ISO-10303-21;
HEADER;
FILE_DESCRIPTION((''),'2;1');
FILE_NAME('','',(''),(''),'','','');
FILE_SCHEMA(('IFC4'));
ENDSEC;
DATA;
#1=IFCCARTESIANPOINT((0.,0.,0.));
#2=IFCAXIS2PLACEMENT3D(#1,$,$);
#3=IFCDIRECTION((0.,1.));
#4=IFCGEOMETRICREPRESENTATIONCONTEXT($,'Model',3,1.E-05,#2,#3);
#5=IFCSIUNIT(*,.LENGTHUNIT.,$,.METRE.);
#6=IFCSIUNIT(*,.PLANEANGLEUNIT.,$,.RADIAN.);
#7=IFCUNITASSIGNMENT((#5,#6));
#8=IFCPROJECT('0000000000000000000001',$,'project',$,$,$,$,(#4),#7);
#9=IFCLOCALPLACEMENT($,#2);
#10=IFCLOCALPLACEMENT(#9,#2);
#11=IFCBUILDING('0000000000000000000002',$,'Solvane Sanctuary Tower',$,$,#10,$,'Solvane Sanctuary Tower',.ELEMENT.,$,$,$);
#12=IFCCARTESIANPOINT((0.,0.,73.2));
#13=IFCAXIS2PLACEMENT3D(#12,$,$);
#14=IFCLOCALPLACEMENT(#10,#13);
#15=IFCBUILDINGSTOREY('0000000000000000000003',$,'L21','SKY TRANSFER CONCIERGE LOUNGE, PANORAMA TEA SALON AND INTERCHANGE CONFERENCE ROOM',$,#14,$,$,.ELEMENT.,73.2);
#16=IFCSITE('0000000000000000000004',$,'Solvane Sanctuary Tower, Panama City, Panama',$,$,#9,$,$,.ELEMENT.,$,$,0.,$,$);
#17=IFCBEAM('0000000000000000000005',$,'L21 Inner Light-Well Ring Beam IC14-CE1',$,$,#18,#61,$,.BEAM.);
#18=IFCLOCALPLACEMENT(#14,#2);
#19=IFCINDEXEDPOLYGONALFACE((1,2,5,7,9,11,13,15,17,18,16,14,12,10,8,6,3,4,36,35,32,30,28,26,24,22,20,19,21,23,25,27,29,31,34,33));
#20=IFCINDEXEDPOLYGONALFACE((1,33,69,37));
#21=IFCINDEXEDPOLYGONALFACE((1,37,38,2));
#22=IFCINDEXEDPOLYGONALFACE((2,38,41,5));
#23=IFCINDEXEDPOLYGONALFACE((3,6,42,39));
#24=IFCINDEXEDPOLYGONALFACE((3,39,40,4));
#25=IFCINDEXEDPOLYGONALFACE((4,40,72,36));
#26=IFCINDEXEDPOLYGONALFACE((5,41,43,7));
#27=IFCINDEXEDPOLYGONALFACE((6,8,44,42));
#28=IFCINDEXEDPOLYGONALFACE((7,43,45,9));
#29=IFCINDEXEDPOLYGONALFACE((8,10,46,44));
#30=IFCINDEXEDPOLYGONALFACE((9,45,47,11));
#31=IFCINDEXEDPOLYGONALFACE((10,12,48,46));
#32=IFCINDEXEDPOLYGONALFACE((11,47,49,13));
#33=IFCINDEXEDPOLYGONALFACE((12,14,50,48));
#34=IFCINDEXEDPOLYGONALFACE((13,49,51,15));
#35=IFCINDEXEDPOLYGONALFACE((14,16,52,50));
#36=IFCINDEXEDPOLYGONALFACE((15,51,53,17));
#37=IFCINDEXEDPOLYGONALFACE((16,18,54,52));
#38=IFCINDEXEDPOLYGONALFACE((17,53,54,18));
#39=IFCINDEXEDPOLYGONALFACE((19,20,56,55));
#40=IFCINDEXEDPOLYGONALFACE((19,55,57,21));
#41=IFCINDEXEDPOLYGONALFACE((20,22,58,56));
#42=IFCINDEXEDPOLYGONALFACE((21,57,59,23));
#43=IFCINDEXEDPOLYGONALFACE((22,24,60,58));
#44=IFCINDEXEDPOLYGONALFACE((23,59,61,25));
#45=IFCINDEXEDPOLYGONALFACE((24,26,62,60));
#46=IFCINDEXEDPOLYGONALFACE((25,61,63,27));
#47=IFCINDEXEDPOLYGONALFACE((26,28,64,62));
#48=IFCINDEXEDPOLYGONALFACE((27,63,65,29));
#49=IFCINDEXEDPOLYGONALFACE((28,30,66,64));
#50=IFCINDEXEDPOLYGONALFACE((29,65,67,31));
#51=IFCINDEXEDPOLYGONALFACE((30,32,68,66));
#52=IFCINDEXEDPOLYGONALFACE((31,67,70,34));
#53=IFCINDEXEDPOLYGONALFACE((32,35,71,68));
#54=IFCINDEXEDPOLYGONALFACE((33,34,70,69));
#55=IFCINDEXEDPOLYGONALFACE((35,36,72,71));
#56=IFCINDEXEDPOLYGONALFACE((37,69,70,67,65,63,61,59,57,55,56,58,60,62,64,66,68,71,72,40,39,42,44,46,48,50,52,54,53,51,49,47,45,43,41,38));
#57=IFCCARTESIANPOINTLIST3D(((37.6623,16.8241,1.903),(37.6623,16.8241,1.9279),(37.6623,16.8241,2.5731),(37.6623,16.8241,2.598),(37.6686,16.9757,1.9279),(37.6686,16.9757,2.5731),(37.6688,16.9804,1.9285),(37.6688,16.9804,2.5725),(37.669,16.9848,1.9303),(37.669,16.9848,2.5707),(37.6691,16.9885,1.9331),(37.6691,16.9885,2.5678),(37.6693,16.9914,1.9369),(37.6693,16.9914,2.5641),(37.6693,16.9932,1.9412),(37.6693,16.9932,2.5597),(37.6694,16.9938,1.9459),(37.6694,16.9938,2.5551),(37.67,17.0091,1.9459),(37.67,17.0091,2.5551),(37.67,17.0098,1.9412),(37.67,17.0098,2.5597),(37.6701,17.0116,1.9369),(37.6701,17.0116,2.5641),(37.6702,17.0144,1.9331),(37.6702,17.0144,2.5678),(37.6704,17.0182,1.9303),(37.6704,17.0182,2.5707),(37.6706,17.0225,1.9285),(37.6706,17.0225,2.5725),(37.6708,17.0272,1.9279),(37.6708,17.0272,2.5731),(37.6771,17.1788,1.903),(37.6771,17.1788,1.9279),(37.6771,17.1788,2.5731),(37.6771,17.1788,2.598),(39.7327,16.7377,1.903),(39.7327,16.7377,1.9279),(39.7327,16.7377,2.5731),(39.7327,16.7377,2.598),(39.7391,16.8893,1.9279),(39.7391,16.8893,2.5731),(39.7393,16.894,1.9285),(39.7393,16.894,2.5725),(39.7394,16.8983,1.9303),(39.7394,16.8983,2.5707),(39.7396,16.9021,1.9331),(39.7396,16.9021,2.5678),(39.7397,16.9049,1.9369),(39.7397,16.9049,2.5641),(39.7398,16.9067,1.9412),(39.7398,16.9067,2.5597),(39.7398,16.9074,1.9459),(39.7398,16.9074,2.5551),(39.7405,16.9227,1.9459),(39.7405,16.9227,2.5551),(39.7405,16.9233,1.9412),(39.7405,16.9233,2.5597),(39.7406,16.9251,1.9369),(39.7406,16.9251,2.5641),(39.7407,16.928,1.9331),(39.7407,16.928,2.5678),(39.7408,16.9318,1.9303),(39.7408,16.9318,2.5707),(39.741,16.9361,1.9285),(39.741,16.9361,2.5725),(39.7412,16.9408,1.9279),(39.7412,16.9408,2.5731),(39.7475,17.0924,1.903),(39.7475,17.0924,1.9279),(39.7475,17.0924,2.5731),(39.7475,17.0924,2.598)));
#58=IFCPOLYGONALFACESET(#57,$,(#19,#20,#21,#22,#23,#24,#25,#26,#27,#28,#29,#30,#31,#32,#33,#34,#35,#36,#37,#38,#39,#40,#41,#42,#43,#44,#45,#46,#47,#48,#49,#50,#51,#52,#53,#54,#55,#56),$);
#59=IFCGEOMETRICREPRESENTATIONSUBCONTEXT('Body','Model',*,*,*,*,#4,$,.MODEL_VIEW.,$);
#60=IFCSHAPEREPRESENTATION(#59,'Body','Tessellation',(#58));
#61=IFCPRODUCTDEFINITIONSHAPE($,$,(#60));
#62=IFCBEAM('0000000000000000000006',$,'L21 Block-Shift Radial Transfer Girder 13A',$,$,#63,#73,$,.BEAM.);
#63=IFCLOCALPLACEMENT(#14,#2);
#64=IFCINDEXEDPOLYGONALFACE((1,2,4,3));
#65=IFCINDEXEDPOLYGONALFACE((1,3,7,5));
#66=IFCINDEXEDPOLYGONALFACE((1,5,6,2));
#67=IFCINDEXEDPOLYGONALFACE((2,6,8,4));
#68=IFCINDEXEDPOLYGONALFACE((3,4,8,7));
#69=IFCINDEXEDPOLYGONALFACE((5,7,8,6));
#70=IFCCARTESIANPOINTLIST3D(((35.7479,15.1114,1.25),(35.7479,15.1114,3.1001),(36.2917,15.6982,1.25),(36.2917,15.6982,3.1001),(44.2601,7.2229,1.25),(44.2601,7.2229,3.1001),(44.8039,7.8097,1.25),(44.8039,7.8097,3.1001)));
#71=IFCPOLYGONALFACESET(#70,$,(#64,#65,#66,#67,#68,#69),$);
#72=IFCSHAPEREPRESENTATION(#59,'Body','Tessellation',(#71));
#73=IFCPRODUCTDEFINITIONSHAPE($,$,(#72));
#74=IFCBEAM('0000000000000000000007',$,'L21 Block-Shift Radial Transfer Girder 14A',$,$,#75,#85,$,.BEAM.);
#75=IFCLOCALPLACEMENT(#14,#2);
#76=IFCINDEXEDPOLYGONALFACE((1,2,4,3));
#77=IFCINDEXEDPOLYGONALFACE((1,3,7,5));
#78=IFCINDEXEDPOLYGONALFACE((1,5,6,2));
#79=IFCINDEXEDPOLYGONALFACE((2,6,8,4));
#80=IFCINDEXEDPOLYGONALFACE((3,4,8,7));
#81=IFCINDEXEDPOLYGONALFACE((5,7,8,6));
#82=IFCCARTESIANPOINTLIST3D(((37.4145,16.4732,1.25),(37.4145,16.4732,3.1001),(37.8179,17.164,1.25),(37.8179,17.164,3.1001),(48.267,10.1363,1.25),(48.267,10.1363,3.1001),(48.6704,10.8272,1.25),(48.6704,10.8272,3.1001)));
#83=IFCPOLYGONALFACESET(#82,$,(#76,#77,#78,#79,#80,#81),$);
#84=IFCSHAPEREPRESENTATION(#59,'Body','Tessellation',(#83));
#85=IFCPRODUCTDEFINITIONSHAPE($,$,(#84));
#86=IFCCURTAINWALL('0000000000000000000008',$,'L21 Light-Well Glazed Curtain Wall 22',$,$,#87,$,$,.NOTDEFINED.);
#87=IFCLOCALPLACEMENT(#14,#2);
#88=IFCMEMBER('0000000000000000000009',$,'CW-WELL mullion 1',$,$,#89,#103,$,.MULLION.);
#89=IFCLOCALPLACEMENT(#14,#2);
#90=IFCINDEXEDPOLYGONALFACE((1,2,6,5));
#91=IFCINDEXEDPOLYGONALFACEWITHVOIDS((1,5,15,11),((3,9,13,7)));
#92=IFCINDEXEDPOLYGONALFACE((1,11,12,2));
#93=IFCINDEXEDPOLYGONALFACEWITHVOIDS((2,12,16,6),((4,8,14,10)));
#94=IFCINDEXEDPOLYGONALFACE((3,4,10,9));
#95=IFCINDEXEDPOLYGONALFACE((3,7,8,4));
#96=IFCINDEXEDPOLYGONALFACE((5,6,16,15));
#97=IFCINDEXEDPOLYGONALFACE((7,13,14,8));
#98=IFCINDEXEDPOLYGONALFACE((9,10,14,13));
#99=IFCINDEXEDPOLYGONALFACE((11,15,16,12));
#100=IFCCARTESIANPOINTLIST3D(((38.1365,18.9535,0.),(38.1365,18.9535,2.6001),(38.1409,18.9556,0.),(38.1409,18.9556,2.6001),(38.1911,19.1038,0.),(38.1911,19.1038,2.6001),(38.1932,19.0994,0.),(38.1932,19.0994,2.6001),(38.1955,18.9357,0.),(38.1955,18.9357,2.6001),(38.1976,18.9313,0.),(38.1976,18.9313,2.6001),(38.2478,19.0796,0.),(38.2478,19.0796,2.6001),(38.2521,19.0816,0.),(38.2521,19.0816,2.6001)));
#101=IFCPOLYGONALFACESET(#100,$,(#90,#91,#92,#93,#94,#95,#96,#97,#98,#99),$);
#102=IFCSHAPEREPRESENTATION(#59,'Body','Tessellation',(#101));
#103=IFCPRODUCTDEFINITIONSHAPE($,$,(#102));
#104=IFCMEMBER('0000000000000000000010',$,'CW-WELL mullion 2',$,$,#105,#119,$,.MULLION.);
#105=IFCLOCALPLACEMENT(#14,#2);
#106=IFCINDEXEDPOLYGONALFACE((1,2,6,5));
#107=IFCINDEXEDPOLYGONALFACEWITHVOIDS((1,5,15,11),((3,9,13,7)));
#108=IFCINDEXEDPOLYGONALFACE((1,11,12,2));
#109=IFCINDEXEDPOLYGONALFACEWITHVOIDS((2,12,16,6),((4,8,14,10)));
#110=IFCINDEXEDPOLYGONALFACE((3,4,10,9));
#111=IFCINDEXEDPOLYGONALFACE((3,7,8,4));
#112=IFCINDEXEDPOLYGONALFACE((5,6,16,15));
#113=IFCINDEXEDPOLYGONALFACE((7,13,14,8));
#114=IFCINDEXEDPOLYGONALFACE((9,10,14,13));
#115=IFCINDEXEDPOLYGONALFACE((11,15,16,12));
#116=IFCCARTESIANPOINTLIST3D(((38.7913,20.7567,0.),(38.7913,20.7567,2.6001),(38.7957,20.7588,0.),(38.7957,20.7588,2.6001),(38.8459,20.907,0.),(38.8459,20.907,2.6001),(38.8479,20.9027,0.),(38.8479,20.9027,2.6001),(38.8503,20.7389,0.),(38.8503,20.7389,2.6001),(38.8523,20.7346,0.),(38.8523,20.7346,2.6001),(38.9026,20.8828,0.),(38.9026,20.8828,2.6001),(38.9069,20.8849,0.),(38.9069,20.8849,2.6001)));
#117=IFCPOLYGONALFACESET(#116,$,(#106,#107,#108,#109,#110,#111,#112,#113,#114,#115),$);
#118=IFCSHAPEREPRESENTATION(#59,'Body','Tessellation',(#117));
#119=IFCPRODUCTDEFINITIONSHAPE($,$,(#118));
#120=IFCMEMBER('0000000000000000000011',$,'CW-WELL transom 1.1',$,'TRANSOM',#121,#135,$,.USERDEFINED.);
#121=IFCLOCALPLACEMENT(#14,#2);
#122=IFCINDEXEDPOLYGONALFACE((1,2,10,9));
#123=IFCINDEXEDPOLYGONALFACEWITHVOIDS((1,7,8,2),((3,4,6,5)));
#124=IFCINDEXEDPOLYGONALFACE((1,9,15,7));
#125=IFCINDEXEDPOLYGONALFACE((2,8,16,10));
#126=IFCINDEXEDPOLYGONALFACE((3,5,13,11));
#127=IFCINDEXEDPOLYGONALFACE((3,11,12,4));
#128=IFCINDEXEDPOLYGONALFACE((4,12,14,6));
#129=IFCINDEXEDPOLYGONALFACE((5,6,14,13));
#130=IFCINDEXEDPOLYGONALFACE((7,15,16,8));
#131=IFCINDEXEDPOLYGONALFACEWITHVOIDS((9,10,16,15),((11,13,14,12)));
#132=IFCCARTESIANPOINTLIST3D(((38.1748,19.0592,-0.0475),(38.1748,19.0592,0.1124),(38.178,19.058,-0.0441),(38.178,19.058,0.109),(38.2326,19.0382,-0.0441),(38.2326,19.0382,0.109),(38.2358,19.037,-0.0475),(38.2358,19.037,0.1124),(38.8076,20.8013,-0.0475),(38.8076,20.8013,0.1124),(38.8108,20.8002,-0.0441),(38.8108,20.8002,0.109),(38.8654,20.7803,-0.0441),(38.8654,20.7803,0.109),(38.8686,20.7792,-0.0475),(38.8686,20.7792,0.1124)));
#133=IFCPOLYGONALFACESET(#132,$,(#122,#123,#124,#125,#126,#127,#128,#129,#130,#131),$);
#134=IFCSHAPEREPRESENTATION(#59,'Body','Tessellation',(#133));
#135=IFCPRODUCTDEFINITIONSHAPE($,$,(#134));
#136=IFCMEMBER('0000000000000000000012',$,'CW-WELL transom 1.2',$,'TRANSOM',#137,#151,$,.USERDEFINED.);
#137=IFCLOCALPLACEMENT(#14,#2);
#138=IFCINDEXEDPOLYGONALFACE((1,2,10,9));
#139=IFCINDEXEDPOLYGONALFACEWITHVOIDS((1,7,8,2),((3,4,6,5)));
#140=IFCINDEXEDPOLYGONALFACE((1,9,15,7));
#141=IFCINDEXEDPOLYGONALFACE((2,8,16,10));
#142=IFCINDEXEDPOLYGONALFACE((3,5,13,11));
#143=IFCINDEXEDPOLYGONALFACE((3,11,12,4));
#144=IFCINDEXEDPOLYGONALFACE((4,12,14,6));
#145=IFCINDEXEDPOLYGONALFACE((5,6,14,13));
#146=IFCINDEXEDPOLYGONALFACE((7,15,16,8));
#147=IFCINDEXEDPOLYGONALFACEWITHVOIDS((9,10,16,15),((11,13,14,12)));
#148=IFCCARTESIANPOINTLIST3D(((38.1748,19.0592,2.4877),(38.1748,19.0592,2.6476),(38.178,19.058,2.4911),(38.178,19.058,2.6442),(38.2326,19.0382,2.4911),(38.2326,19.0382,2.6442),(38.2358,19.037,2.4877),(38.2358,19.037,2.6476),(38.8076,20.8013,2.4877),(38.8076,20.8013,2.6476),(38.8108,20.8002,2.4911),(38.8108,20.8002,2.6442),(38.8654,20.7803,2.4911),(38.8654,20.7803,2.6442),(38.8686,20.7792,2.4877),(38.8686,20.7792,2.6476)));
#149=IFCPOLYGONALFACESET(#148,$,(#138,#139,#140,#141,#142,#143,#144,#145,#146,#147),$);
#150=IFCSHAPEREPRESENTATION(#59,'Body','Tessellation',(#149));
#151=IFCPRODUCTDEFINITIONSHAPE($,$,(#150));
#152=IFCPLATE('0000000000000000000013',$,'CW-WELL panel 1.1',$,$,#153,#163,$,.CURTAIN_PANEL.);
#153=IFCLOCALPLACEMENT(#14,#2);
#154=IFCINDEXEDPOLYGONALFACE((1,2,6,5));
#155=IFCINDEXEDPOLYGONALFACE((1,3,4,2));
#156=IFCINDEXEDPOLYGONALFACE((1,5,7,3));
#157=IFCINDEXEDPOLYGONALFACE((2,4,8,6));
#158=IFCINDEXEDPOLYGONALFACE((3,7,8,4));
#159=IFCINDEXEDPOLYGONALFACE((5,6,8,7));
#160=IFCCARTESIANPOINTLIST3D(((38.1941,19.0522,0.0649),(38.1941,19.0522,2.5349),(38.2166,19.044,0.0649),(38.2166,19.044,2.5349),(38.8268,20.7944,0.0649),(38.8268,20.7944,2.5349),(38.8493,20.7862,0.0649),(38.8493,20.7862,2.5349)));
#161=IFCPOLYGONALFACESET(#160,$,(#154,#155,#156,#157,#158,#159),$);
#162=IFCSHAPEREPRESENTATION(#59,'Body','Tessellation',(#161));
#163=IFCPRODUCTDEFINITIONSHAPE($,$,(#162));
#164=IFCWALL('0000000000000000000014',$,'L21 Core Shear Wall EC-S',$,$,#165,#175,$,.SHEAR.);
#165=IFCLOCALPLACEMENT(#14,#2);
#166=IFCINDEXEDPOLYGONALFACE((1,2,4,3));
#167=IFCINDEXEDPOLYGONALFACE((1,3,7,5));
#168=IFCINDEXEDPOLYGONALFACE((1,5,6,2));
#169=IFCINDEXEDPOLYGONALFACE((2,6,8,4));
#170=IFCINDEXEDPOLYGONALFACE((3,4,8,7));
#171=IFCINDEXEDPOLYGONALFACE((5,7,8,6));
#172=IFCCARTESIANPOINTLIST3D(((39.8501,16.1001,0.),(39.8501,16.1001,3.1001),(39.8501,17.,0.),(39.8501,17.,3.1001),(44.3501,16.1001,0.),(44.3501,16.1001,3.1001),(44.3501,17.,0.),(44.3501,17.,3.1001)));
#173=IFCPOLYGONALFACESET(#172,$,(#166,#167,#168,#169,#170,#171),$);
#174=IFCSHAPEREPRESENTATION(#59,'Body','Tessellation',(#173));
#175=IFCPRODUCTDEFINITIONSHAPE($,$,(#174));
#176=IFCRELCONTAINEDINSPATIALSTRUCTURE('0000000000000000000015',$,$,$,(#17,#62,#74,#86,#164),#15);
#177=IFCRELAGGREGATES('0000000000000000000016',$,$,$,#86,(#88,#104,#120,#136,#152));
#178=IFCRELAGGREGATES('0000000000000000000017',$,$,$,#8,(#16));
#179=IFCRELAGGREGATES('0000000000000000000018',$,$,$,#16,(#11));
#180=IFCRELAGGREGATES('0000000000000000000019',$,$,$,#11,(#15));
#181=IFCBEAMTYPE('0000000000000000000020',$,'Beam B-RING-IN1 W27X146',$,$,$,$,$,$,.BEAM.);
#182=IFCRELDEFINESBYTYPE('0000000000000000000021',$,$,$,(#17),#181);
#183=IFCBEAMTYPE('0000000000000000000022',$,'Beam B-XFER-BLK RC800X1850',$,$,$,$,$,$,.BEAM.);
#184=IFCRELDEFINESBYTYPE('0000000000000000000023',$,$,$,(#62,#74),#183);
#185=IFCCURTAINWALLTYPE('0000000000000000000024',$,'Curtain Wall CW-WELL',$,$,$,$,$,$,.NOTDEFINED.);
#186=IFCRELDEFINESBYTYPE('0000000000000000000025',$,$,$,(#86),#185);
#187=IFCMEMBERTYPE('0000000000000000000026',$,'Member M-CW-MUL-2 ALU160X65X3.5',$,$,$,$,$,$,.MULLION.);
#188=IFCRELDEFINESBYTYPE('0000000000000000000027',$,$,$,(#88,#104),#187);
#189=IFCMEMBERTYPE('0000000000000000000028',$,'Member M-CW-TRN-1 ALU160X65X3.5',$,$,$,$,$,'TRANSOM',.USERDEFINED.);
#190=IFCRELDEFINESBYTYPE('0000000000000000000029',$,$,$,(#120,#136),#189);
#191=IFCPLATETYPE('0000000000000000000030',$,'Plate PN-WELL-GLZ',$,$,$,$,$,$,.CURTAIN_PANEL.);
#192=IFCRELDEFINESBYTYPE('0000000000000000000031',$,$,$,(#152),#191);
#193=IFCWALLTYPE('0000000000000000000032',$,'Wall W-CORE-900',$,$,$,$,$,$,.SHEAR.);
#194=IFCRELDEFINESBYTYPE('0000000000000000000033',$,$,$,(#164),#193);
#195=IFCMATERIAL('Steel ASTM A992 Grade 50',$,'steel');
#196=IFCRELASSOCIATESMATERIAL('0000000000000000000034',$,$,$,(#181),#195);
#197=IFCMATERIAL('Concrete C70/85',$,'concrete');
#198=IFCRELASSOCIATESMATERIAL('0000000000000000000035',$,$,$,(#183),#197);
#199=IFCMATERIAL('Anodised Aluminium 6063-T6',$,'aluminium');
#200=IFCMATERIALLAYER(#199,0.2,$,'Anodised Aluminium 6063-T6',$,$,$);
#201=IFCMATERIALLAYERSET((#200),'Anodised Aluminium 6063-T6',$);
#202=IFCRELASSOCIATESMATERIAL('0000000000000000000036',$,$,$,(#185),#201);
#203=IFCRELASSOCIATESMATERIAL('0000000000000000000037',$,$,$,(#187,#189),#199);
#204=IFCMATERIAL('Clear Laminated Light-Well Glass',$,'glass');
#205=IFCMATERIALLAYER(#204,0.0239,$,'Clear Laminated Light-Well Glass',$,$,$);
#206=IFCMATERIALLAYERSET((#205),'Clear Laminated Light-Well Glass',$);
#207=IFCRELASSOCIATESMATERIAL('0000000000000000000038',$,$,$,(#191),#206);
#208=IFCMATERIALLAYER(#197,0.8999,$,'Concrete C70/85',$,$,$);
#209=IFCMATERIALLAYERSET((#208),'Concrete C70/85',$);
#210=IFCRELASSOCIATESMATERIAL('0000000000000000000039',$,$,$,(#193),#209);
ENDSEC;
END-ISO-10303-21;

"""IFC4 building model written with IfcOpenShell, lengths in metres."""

from ifc_helpers import new_model, si_unit, direction, frame, frame_2d, origin, origin_2d, place, context, subcontext, project, spatial, rectangle, hollow_rectangle, i_section, extrude, material, layer, layer_set, material_profile, profile_set, type_object, element, aggregate, save


model = new_model("IFC4")

# Units and contexts
model_context = context("Model", 3, precision=1e-05, world=origin(), true_north=direction((0.0, 1.0)))
body_context = subcontext(model_context, "Body", "Model", "MODEL_VIEW")
ifc_project = project(units=[si_unit("LENGTHUNIT", "METRE"), si_unit("PLANEANGLEUNIT", "RADIAN")], contexts=[model_context])

# Site, building, storey
site_placement = place(None, origin())
site = spatial("IfcSite", under=ifc_project, at=site_placement, Name="Solvane Sanctuary Tower, Panama City, Panama", CompositionType="ELEMENT", RefElevation=0.0)
building_placement = place(site_placement, origin())
building = spatial("IfcBuilding", under=site, at=building_placement, Name="Solvane Sanctuary Tower", LongName="Solvane Sanctuary Tower", CompositionType="ELEMENT")
storey_placement = place(building_placement, frame((0.0, 0.0, 73.2)))
storey = spatial("IfcBuildingStorey", under=building, at=storey_placement, Name="L21", Description="SKY TRANSFER CONCIERGE LOUNGE, PANORAMA TEA SALON AND INTERCHANGE CONFERENCE ROOM", CompositionType="ELEMENT", Elevation=73.2)

# Beams
ifc_material_1 = material(Name="Steel ASTM A992 Grade 50", Category="steel")
ifc_material_profile_1 = material_profile(ifc_material_1, i_section(OverallWidth=0.355, OverallDepth=0.6951, WebThickness=0.0154, FlangeThickness=0.0249, FilletRadius=0.0181, at=origin_2d()), Name="W27X146")
ifc_profile_set_1 = profile_set([ifc_material_profile_1], Name="Steel ASTM A992 Grade 50")
beam_type_1 = type_object("IfcBeamType", Name="Beam B-RING-IN1 W27X146", PredefinedType="BEAM", material=ifc_profile_set_1)
beam_1_placement = place(storey_placement, frame((37.6697, 17.0015, 2.2505), z_axis=(0.99913, -0.041704, 0.0), x_axis=(0.041704, 0.99913, 0.0)))
element("IfcBeam", 1, at=beam_1_placement, inside=storey, type_object=beam_type_1, Name="L21 Inner Light-Well Ring Beam IC14-CE1", PredefinedType="BEAM", context=body_context, shape_type="SweptSolid", body=[
    extrude(i_section(OverallWidth=0.355, OverallDepth=0.6951, WebThickness=0.0154, FlangeThickness=0.0249, FilletRadius=0.0181, at=origin_2d()), origin(), (0.0, 0.0, 1.0), 2.0723),
])
ifc_material_2 = material(Name="Concrete C70/85", Category="concrete")
ifc_material_profile_2 = material_profile(ifc_material_2, rectangle(XDim=0.8, YDim=1.8501, at=origin_2d()), Name="RC800X1850")
ifc_profile_set_2 = profile_set([ifc_material_profile_2], Name="Concrete C70/85")
beam_type_2 = type_object("IfcBeamType", Name="Beam B-XFER-BLK RC800X1850", PredefinedType="BEAM", material=ifc_profile_set_2)
beam_2_placement = place(storey_placement, frame((36.0198, 15.4048, 2.175), z_axis=(0.73347, -0.679721, 0.0), x_axis=(0.679721, 0.73347, 0.0)))
element("IfcBeam", 2, at=beam_2_placement, inside=storey, type_object=beam_type_2, Name="L21 Block-Shift Radial Transfer Girder 13A", PredefinedType="BEAM", context=body_context, shape_type="SweptSolid", body=[
    extrude(rectangle(XDim=0.8, YDim=1.8501, at=origin_2d()), origin(), (0.0, 0.0, 1.0), 11.6055),
])
beam_3_placement = place(storey_placement, frame((37.6162, 16.8186, 2.175), z_axis=(0.863562, -0.504243, 0.0), x_axis=(0.504243, 0.863562, 0.0)))
element("IfcBeam", 3, at=beam_3_placement, inside=storey, type_object=beam_type_2, Name="L21 Block-Shift Radial Transfer Girder 14A", PredefinedType="BEAM", context=body_context, shape_type="SweptSolid", body=[
    extrude(rectangle(XDim=0.8, YDim=1.8501, at=origin_2d()), origin(), (0.0, 0.0, 1.0), 12.5671),
])

# Curtain wall, members, plate
ifc_material_3 = material(Name="Anodised Aluminium 6063-T6", Category="aluminium")
ifc_layer_1 = layer(ifc_material_3, 0.2, Name="Anodised Aluminium 6063-T6")
ifc_layer_set_1 = layer_set([ifc_layer_1], Name="Anodised Aluminium 6063-T6")
curtain_wall_type = type_object("IfcCurtainWallType", Name="Curtain Wall CW-WELL", PredefinedType="NOTDEFINED", material=ifc_layer_set_1)
curtain_wall_placement = place(storey_placement, origin())
curtain_wall = element("IfcCurtainWall", 4, at=curtain_wall_placement, inside=storey, type_object=curtain_wall_type, Name="L21 Light-Well Glazed Curtain Wall 22", PredefinedType="NOTDEFINED")
ifc_material_profile_3 = material_profile(ifc_material_3, hollow_rectangle(XDim=0.0649, YDim=0.1599, WallThickness=0.0034, at=origin_2d()), Name="ALU160X65X3.5")
ifc_profile_set_3 = profile_set([ifc_material_profile_3], Name="Anodised Aluminium 6063-T6")
member_type_1 = type_object("IfcMemberType", Name="Member M-CW-MUL-2 ALU160X65X3.5", PredefinedType="MULLION", material=ifc_profile_set_3)
member_1_placement = place(storey_placement, frame((38.1943, 19.0176, 0.0), z_axis=(0.0, 0.0, 1.0), x_axis=(-0.939933, 0.341358, 0.0)))
member_1 = element("IfcMember", 5, at=member_1_placement, type_object=member_type_1, Name="CW-WELL mullion 1", PredefinedType="MULLION", context=body_context, shape_type="SweptSolid", body=[
    extrude(hollow_rectangle(XDim=0.0649, YDim=0.1599, WallThickness=0.0034, at=origin_2d()), origin(), (0.0, 0.0, 1.0), 2.6001),
])
member_2_placement = place(storey_placement, frame((38.8491, 20.8208, 0.0), z_axis=(0.0, 0.0, 1.0), x_axis=(-0.939933, 0.341358, 0.0)))
member_2 = element("IfcMember", 6, at=member_2_placement, type_object=member_type_1, Name="CW-WELL mullion 2", PredefinedType="MULLION", context=body_context, shape_type="SweptSolid", body=[
    extrude(hollow_rectangle(XDim=0.0649, YDim=0.1599, WallThickness=0.0034, at=origin_2d()), origin(), (0.0, 0.0, 1.0), 2.6001),
])
ifc_material_profile_4 = material_profile(ifc_material_3, hollow_rectangle(XDim=0.0649, YDim=0.1599, WallThickness=0.0034, at=origin_2d()), Name="ALU160X65X3.5")
ifc_profile_set_4 = profile_set([ifc_material_profile_4], Name="Anodised Aluminium 6063-T6")
member_type_2 = type_object("IfcMemberType", Name="Member M-CW-TRN-1 ALU160X65X3.5", ElementType="TRANSOM", PredefinedType="USERDEFINED", material=ifc_profile_set_4)
member_3_placement = place(storey_placement, frame((38.2053, 19.0481, 0.0325), z_axis=(0.341405, 0.939916, 0.0), x_axis=(-0.939916, 0.341405, 0.0)))
member_3 = element("IfcMember", 7, at=member_3_placement, type_object=member_type_2, Name="CW-WELL transom 1.1", ObjectType="TRANSOM", PredefinedType="USERDEFINED", context=body_context, shape_type="SweptSolid", body=[
    extrude(hollow_rectangle(XDim=0.0649, YDim=0.1599, WallThickness=0.0034, at=origin_2d()), origin(), (0.0, 0.0, 1.0), 1.8535),
])
member_4_placement = place(storey_placement, frame((38.2053, 19.0481, 2.5676), z_axis=(0.341405, 0.939916, 0.0), x_axis=(-0.939916, 0.341405, 0.0)))
member_4 = element("IfcMember", 8, at=member_4_placement, type_object=member_type_2, Name="CW-WELL transom 1.2", ObjectType="TRANSOM", PredefinedType="USERDEFINED", context=body_context, shape_type="SweptSolid", body=[
    extrude(hollow_rectangle(XDim=0.0649, YDim=0.1599, WallThickness=0.0034, at=origin_2d()), origin(), (0.0, 0.0, 1.0), 1.8535),
])
ifc_material_4 = material(Name="Clear Laminated Light-Well Glass", Category="glass")
ifc_layer_2 = layer(ifc_material_4, 0.0239, Name="Clear Laminated Light-Well Glass")
ifc_layer_set_2 = layer_set([ifc_layer_2], Name="Clear Laminated Light-Well Glass")
plate_type = type_object("IfcPlateType", Name="Plate PN-WELL-GLZ", PredefinedType="CURTAIN_PANEL", material=ifc_layer_set_2)
plate_placement = place(storey_placement, frame((38.5217, 19.9192, 0.0649), z_axis=(0.0, 0.0, 1.0), x_axis=(0.341358, 0.939933, 0.0)))
plate = element("IfcPlate", 9, at=plate_placement, type_object=plate_type, Name="CW-WELL panel 1.1", PredefinedType="CURTAIN_PANEL", context=body_context, shape_type="SweptSolid", body=[
    extrude(rectangle(XDim=1.8535, YDim=0.0239, at=origin_2d()), origin(), (0.0, 0.0, 1.0), 2.47),
])
aggregate(curtain_wall, [member_1, member_2, member_3, member_4, plate])

# Wall
ifc_layer_3 = layer(ifc_material_2, 0.8999, Name="Concrete C70/85")
ifc_layer_set_3 = layer_set([ifc_layer_3], Name="Concrete C70/85")
wall_type_1 = type_object("IfcWallType", Name="Wall W-CORE-900", PredefinedType="SHEAR", material=ifc_layer_set_3)
wall_1_placement = place(storey_placement, frame((39.8501, 16.55, 0.0), z_axis=(0.0, 0.0, 1.0), x_axis=(1.0, 0.0, 0.0)))
element("IfcWall", 10, at=wall_1_placement, inside=storey, type_object=wall_type_1, Name="L21 Core Shear Wall EC-S", PredefinedType="SHEAR", context=body_context, shape_type="SweptSolid", body=[
    extrude(rectangle(XDim=4.5, YDim=0.8999, at=frame_2d((2.25, 0.0))), origin(), (0.0, 0.0, 1.0), 3.1001),
])

save(model, "model.ifc")
